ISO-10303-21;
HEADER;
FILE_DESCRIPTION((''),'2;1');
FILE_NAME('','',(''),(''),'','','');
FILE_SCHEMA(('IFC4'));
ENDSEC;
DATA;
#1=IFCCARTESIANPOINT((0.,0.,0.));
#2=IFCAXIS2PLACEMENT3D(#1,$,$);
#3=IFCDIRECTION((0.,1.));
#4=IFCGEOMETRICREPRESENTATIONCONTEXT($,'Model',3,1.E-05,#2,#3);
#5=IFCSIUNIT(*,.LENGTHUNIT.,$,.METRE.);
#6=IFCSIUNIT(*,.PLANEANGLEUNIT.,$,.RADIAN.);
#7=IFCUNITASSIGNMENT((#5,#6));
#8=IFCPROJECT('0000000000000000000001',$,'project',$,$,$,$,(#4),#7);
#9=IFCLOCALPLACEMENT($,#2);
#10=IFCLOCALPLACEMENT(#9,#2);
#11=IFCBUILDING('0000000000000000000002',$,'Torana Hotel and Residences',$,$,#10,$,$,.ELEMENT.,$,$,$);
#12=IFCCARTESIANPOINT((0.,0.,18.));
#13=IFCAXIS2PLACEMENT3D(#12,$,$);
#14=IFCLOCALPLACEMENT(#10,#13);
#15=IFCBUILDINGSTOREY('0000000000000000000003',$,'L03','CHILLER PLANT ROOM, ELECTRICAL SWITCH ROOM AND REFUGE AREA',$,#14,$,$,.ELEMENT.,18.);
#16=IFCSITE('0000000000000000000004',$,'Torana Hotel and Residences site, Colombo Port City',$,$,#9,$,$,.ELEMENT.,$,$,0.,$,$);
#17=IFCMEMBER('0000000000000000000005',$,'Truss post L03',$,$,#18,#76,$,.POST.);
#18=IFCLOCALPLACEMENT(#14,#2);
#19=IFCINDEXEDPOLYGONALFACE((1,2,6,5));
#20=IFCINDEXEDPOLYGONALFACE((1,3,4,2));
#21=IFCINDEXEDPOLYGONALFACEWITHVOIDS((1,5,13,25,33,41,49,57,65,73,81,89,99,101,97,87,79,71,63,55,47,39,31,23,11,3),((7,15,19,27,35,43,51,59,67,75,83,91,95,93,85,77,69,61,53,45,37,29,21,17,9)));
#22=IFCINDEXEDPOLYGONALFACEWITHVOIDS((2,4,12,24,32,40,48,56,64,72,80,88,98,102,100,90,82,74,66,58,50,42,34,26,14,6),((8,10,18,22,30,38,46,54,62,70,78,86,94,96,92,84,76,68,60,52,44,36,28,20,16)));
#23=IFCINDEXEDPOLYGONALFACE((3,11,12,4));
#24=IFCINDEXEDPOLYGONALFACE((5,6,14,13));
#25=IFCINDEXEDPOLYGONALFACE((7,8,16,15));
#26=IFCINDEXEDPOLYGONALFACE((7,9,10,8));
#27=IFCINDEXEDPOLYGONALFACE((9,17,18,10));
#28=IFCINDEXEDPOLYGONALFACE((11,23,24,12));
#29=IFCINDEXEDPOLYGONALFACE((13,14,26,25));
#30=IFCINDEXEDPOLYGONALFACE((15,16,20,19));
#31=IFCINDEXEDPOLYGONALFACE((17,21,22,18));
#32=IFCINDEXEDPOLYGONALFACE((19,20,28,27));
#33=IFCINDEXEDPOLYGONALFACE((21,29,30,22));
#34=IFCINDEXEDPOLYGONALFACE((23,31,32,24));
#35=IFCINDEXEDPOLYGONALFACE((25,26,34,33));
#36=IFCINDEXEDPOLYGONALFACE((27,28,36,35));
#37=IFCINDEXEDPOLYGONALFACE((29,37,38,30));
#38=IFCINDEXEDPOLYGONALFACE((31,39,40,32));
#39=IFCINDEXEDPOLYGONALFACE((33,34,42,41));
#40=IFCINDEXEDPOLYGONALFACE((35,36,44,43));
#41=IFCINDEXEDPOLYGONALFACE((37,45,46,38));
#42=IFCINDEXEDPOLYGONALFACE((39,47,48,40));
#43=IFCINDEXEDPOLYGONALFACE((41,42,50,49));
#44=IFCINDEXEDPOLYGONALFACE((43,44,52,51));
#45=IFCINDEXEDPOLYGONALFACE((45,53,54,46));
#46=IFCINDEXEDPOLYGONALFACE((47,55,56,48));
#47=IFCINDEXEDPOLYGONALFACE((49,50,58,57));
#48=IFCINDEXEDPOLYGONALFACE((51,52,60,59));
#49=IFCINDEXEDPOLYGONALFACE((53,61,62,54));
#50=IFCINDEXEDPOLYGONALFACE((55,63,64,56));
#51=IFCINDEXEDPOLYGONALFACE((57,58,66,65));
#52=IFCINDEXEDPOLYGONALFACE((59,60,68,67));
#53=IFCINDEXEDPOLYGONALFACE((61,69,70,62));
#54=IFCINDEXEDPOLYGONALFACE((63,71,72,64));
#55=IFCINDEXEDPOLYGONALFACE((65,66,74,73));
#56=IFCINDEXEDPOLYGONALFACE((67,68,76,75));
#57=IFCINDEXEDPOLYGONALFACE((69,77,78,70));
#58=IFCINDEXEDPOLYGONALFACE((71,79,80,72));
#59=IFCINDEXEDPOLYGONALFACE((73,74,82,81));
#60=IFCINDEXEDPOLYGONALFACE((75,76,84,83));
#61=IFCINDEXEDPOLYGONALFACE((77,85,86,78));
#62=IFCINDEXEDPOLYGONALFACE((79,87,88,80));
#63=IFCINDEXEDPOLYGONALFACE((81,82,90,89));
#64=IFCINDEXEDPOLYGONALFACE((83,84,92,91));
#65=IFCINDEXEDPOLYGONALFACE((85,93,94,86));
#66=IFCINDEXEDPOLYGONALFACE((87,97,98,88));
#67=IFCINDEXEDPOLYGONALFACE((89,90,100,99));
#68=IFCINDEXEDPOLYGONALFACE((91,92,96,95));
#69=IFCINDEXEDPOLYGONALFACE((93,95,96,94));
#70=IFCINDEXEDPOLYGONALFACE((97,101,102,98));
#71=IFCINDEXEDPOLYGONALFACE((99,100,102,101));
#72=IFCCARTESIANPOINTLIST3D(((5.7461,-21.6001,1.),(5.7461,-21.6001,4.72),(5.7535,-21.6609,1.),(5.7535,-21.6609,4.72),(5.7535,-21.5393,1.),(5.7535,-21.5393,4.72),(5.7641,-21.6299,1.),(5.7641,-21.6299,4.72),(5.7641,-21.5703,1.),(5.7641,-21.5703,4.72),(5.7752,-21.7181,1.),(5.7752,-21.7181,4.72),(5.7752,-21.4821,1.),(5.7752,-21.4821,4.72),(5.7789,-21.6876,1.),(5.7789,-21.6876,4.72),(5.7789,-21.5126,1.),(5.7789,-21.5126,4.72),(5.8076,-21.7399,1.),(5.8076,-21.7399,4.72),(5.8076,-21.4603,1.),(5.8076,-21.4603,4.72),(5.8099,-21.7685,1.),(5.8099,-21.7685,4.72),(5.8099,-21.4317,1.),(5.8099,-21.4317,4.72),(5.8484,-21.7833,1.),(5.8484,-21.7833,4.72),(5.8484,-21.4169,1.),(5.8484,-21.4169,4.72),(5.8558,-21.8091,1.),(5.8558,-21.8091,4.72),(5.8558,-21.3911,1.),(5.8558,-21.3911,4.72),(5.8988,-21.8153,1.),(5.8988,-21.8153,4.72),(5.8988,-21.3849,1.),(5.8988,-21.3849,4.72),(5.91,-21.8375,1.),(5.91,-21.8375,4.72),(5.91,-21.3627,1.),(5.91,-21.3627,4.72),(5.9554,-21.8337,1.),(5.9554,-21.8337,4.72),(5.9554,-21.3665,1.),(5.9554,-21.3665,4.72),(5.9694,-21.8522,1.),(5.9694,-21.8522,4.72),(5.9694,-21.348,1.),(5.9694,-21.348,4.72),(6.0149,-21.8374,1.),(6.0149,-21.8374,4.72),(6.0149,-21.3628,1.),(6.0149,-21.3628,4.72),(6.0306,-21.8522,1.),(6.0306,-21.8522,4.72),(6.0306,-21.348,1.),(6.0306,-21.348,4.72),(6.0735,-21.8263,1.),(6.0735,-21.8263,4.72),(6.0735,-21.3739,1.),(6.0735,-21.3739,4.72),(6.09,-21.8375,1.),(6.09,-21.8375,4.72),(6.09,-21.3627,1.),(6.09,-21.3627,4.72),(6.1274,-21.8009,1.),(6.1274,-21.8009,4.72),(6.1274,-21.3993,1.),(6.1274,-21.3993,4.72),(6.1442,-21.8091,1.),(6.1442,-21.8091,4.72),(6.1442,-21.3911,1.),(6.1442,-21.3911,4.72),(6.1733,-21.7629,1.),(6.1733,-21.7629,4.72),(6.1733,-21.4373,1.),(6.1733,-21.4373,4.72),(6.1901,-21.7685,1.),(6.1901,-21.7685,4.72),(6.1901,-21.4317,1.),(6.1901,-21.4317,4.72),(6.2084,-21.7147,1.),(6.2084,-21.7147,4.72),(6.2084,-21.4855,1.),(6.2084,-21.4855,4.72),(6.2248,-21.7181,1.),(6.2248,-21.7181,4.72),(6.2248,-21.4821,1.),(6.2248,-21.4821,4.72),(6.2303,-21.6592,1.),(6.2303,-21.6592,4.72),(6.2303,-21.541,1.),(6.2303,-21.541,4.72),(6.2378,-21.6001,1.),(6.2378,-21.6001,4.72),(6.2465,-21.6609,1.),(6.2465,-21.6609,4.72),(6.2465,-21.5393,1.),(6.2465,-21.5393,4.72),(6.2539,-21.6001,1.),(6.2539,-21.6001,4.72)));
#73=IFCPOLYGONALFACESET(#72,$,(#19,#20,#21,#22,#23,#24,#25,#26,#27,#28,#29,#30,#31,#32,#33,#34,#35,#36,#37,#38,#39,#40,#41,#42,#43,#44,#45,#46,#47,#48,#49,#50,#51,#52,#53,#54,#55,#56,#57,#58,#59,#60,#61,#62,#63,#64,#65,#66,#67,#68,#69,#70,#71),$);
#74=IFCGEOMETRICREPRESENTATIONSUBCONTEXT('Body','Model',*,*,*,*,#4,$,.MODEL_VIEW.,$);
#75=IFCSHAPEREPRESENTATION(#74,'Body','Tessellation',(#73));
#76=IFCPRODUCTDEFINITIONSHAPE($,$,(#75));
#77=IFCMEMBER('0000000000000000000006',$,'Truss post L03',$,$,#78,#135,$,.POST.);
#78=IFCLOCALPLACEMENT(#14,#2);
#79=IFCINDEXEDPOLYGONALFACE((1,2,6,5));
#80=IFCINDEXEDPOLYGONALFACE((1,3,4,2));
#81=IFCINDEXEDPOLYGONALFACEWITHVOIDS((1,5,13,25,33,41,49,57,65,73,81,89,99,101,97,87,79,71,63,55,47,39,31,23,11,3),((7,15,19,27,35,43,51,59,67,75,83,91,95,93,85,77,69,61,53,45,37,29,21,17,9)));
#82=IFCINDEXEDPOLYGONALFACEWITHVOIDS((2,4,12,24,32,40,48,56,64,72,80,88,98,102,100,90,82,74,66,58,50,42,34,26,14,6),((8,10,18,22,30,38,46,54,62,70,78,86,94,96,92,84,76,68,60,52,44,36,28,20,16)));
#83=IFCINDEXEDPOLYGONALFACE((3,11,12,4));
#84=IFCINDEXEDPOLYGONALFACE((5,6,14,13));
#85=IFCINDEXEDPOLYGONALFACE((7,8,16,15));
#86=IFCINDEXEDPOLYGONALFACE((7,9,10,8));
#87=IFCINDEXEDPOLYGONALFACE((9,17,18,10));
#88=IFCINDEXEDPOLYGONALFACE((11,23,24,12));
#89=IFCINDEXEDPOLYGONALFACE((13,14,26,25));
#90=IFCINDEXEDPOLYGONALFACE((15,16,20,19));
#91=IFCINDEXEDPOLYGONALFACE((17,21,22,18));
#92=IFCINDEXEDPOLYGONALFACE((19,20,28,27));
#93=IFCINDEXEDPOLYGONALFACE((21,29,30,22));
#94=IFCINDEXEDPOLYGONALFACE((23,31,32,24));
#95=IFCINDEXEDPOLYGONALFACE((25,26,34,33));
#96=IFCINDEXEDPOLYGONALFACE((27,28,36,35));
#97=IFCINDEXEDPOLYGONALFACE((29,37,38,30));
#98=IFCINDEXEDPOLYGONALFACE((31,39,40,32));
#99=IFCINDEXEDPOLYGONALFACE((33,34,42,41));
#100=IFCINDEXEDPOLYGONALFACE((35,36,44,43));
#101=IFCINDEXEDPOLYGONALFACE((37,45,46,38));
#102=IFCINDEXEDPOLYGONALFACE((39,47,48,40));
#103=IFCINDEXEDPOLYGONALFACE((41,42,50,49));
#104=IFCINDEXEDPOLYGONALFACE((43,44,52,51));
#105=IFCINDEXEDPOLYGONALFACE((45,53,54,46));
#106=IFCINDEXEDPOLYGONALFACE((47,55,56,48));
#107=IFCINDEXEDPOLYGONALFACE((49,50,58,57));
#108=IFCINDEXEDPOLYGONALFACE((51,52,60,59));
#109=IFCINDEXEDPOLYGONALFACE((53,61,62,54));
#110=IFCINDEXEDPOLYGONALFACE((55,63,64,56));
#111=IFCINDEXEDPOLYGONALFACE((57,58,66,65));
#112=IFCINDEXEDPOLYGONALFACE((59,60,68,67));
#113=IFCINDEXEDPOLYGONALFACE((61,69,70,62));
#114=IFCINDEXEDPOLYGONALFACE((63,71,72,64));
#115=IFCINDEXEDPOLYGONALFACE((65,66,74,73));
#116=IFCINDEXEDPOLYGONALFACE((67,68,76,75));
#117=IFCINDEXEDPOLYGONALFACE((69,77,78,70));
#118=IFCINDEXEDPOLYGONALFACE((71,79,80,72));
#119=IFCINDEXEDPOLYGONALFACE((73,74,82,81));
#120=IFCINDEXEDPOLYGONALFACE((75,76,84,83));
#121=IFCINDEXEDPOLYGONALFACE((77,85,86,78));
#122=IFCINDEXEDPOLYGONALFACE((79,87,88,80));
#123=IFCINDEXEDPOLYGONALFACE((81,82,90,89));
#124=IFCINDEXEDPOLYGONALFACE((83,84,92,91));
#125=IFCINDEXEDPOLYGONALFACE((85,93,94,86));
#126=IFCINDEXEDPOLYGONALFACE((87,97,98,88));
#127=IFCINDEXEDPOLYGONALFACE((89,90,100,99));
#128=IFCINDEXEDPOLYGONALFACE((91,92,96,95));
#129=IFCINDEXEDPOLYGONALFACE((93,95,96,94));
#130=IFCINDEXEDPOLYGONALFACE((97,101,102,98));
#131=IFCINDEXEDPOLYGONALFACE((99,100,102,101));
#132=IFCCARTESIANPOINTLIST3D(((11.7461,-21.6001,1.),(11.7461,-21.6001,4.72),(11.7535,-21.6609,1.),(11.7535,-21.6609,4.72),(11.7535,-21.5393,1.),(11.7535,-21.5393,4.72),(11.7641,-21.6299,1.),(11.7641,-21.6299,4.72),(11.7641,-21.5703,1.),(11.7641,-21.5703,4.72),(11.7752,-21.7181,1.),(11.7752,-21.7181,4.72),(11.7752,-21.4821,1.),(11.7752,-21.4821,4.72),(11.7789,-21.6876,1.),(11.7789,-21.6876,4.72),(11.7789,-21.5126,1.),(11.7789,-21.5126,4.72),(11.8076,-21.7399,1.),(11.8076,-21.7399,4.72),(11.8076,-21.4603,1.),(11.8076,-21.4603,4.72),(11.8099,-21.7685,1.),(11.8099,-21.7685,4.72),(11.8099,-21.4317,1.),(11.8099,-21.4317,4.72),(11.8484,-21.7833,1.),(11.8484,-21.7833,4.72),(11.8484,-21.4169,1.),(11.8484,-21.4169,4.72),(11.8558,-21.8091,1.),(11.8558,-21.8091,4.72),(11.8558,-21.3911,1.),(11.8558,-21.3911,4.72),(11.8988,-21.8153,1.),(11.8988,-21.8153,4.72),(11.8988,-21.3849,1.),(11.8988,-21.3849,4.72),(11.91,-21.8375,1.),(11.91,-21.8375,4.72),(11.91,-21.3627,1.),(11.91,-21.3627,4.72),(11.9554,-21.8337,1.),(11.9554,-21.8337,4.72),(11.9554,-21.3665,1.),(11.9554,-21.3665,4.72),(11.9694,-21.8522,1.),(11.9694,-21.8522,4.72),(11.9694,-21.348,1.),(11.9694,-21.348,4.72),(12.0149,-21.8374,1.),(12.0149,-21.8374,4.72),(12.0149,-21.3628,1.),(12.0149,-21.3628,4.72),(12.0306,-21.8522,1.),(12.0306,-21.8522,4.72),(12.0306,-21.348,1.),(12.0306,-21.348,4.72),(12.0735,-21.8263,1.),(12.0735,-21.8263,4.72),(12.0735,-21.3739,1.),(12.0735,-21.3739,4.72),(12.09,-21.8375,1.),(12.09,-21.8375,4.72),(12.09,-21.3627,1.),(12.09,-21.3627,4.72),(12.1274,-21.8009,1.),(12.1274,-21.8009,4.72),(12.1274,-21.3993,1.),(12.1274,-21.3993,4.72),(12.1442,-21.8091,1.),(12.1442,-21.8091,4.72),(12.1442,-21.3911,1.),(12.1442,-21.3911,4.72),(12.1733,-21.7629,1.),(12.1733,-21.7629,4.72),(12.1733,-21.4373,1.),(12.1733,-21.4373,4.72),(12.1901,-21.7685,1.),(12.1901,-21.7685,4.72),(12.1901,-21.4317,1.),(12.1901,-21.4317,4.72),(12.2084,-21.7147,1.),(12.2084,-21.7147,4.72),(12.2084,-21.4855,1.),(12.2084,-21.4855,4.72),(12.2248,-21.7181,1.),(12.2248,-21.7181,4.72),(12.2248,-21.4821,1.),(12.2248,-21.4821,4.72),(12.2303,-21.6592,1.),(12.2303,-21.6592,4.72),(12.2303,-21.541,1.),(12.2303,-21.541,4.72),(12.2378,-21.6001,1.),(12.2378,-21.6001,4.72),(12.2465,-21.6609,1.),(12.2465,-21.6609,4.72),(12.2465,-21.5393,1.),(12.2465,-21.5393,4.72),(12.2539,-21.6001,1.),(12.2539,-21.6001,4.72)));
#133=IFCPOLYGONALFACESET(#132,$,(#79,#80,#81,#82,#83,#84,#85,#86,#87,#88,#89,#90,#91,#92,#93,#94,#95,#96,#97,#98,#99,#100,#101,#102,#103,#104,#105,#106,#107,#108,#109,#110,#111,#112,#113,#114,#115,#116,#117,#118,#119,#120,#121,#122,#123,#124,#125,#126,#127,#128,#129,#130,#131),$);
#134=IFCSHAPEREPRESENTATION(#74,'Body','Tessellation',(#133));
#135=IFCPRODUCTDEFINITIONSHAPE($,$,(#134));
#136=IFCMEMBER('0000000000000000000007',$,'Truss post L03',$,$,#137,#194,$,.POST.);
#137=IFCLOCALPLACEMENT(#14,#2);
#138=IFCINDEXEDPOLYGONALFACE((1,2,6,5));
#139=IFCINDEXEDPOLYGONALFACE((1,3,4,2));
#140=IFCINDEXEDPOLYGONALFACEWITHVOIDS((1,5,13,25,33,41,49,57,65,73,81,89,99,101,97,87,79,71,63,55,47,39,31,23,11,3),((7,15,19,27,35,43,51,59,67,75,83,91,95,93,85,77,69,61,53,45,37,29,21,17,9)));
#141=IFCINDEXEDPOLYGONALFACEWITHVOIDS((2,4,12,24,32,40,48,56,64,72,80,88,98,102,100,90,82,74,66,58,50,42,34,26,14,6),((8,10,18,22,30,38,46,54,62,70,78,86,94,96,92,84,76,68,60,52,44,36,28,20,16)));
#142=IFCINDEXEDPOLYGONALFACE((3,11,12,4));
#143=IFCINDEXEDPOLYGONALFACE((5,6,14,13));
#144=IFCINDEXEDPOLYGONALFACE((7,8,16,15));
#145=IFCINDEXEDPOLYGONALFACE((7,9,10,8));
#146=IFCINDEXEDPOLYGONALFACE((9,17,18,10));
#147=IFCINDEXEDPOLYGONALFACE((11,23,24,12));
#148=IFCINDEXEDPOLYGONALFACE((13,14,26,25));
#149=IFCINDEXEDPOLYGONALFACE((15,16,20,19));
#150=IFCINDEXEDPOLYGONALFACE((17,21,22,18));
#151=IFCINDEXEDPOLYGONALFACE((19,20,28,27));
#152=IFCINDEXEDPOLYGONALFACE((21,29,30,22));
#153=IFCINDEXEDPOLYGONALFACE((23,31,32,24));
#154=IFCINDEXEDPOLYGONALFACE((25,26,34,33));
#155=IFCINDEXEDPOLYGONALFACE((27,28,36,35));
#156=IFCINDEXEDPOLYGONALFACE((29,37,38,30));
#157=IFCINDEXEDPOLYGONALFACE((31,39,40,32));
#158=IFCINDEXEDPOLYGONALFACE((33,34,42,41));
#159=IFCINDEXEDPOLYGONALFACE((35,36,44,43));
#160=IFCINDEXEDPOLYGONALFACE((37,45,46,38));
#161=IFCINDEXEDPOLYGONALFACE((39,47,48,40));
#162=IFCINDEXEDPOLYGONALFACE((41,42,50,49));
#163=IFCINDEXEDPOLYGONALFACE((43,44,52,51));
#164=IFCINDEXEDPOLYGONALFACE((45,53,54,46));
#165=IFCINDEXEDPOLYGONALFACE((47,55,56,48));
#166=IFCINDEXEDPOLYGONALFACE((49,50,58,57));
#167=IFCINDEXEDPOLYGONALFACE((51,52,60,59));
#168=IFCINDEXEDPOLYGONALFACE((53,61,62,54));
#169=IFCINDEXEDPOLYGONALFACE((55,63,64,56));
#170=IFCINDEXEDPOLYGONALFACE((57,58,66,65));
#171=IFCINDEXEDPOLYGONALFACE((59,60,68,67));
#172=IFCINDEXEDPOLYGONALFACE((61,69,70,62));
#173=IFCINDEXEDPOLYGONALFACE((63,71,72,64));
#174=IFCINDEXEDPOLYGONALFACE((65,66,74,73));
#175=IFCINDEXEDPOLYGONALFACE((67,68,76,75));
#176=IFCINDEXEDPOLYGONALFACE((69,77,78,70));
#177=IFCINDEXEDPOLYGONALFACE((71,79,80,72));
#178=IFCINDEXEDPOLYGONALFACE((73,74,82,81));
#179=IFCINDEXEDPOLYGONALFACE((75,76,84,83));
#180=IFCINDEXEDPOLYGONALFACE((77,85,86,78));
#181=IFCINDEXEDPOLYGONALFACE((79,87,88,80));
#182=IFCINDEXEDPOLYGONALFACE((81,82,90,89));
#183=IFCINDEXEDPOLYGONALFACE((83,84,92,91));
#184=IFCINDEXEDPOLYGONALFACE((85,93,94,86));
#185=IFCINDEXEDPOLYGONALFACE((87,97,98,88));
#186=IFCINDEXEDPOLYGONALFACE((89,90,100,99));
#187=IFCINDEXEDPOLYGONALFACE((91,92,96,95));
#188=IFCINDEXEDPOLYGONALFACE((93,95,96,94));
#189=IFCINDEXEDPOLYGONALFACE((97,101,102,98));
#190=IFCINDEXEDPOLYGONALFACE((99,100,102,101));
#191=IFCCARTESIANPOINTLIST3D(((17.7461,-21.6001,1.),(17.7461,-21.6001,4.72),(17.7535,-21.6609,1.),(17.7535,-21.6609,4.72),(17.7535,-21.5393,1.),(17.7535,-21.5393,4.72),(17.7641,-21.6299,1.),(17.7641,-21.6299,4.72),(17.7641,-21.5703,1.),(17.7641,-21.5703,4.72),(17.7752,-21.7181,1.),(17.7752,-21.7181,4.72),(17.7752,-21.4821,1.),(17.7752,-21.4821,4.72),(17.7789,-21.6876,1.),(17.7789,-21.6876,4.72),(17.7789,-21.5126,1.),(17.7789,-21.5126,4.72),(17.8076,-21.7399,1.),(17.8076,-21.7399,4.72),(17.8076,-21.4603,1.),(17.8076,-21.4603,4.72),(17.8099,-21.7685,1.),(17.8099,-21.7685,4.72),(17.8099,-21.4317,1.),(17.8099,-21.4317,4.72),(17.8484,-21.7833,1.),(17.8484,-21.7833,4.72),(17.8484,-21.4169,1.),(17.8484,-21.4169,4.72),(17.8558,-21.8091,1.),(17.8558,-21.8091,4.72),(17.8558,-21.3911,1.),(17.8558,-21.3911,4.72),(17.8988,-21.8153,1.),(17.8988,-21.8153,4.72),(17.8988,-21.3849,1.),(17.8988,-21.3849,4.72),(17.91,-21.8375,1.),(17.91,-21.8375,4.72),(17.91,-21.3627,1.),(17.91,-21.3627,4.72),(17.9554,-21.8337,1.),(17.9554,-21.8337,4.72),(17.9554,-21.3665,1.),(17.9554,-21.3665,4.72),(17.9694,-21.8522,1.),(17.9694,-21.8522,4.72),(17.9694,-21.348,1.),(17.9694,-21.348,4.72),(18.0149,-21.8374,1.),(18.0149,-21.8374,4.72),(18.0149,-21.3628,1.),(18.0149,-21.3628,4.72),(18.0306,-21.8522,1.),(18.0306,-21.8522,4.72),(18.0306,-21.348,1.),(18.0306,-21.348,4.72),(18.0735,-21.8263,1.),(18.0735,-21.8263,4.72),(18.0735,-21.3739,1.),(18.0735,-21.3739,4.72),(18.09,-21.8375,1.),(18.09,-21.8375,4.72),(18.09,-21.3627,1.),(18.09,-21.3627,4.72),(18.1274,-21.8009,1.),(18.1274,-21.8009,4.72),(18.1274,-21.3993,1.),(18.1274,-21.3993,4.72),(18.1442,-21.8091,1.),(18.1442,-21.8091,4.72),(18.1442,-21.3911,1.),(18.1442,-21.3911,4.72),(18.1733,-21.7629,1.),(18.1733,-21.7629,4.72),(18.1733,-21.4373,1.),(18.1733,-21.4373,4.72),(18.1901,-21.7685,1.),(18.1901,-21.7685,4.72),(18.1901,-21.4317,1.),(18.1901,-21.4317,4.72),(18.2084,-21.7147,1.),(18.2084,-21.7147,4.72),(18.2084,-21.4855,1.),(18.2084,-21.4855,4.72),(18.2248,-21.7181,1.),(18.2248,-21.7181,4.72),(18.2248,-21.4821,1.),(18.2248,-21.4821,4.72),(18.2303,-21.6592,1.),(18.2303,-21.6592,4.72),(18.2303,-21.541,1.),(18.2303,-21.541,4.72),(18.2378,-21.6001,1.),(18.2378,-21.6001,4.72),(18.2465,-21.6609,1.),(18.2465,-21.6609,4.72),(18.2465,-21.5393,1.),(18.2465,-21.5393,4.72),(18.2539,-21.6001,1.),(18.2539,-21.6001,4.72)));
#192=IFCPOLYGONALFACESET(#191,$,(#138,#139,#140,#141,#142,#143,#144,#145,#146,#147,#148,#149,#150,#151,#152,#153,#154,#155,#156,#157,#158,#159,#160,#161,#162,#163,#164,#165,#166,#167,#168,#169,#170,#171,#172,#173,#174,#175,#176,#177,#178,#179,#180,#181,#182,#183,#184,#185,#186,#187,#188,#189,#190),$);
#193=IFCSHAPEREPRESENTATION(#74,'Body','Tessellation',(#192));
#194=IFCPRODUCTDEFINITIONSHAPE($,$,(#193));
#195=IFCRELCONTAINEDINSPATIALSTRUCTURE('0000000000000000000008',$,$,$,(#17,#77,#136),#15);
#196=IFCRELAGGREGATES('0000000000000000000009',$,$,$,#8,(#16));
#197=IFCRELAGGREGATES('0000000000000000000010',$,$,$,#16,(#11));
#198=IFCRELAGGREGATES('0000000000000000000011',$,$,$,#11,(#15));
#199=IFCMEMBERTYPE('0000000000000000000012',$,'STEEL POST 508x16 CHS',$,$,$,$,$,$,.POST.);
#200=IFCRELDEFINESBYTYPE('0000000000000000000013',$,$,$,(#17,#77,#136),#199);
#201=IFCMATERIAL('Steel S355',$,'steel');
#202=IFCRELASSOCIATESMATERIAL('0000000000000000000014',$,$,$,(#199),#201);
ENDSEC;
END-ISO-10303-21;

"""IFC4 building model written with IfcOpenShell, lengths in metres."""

from ifc_helpers import new_model, si_unit, direction, frame, origin, origin_2d, place, context, subcontext, project, spatial, hollow_circle, extrude, material, material_profile, profile_set, type_object, element, save


model = new_model("IFC4")

# Units and contexts
model_context = context("Model", 3, precision=1e-05, world=origin(), true_north=direction((0.0, 1.0)))
body_context = subcontext(model_context, "Body", "Model", "MODEL_VIEW")
ifc_project = project(units=[si_unit("LENGTHUNIT", "METRE"), si_unit("PLANEANGLEUNIT", "RADIAN")], contexts=[model_context])

# Site, building, storey
site_placement = place(None, origin())
site = spatial("IfcSite", under=ifc_project, at=site_placement, Name="Torana Hotel and Residences site, Colombo Port City", CompositionType="ELEMENT", RefElevation=0.0)
building_placement = place(site_placement, origin())
building = spatial("IfcBuilding", under=site, at=building_placement, Name="Torana Hotel and Residences", CompositionType="ELEMENT")
storey_placement = place(building_placement, frame((0.0, 0.0, 18.0)))
storey = spatial("IfcBuildingStorey", under=building, at=storey_placement, Name="L03", Description="CHILLER PLANT ROOM, ELECTRICAL SWITCH ROOM AND REFUGE AREA", CompositionType="ELEMENT", Elevation=18.0)

# Members
ifc_material_1 = material(Name="Steel S355", Category="steel")
ifc_material_profile_1 = material_profile(ifc_material_1, hollow_circle(Radius=0.2539, WallThickness=0.0161, at=origin_2d()), Name="508x16 CHS")
ifc_profile_set_1 = profile_set([ifc_material_profile_1], Name="Steel S355")
member_type_1 = type_object("IfcMemberType", Name="STEEL POST 508x16 CHS", PredefinedType="POST", material=ifc_profile_set_1)
for number, where, z_axis, x_axis, name in (
    (1, (6.0, -21.6001, 1.0), (0.0, 0.0, 1.0), (1.0, 0.0, 0.0), "Truss post L03"),
    (2, (12.0, -21.6001, 1.0), (0.0, 0.0, 1.0), (1.0, 0.0, 0.0), "Truss post L03"),
    (3, (18.0, -21.6001, 1.0), (0.0, 0.0, 1.0), (1.0, 0.0, 0.0), "Truss post L03"),
):
    element("IfcMember", number, at=place(storey_placement, frame(where, z_axis=z_axis, x_axis=x_axis)), inside=storey, type_object=member_type_1, Name=name, PredefinedType="POST", context=body_context, shape_type="SweptSolid", body=[
        extrude(hollow_circle(Radius=0.2539, WallThickness=0.0161, at=origin_2d()), origin(), (0.0, 0.0, 1.0), 3.72),
    ])

save(model, "model.ifc")
